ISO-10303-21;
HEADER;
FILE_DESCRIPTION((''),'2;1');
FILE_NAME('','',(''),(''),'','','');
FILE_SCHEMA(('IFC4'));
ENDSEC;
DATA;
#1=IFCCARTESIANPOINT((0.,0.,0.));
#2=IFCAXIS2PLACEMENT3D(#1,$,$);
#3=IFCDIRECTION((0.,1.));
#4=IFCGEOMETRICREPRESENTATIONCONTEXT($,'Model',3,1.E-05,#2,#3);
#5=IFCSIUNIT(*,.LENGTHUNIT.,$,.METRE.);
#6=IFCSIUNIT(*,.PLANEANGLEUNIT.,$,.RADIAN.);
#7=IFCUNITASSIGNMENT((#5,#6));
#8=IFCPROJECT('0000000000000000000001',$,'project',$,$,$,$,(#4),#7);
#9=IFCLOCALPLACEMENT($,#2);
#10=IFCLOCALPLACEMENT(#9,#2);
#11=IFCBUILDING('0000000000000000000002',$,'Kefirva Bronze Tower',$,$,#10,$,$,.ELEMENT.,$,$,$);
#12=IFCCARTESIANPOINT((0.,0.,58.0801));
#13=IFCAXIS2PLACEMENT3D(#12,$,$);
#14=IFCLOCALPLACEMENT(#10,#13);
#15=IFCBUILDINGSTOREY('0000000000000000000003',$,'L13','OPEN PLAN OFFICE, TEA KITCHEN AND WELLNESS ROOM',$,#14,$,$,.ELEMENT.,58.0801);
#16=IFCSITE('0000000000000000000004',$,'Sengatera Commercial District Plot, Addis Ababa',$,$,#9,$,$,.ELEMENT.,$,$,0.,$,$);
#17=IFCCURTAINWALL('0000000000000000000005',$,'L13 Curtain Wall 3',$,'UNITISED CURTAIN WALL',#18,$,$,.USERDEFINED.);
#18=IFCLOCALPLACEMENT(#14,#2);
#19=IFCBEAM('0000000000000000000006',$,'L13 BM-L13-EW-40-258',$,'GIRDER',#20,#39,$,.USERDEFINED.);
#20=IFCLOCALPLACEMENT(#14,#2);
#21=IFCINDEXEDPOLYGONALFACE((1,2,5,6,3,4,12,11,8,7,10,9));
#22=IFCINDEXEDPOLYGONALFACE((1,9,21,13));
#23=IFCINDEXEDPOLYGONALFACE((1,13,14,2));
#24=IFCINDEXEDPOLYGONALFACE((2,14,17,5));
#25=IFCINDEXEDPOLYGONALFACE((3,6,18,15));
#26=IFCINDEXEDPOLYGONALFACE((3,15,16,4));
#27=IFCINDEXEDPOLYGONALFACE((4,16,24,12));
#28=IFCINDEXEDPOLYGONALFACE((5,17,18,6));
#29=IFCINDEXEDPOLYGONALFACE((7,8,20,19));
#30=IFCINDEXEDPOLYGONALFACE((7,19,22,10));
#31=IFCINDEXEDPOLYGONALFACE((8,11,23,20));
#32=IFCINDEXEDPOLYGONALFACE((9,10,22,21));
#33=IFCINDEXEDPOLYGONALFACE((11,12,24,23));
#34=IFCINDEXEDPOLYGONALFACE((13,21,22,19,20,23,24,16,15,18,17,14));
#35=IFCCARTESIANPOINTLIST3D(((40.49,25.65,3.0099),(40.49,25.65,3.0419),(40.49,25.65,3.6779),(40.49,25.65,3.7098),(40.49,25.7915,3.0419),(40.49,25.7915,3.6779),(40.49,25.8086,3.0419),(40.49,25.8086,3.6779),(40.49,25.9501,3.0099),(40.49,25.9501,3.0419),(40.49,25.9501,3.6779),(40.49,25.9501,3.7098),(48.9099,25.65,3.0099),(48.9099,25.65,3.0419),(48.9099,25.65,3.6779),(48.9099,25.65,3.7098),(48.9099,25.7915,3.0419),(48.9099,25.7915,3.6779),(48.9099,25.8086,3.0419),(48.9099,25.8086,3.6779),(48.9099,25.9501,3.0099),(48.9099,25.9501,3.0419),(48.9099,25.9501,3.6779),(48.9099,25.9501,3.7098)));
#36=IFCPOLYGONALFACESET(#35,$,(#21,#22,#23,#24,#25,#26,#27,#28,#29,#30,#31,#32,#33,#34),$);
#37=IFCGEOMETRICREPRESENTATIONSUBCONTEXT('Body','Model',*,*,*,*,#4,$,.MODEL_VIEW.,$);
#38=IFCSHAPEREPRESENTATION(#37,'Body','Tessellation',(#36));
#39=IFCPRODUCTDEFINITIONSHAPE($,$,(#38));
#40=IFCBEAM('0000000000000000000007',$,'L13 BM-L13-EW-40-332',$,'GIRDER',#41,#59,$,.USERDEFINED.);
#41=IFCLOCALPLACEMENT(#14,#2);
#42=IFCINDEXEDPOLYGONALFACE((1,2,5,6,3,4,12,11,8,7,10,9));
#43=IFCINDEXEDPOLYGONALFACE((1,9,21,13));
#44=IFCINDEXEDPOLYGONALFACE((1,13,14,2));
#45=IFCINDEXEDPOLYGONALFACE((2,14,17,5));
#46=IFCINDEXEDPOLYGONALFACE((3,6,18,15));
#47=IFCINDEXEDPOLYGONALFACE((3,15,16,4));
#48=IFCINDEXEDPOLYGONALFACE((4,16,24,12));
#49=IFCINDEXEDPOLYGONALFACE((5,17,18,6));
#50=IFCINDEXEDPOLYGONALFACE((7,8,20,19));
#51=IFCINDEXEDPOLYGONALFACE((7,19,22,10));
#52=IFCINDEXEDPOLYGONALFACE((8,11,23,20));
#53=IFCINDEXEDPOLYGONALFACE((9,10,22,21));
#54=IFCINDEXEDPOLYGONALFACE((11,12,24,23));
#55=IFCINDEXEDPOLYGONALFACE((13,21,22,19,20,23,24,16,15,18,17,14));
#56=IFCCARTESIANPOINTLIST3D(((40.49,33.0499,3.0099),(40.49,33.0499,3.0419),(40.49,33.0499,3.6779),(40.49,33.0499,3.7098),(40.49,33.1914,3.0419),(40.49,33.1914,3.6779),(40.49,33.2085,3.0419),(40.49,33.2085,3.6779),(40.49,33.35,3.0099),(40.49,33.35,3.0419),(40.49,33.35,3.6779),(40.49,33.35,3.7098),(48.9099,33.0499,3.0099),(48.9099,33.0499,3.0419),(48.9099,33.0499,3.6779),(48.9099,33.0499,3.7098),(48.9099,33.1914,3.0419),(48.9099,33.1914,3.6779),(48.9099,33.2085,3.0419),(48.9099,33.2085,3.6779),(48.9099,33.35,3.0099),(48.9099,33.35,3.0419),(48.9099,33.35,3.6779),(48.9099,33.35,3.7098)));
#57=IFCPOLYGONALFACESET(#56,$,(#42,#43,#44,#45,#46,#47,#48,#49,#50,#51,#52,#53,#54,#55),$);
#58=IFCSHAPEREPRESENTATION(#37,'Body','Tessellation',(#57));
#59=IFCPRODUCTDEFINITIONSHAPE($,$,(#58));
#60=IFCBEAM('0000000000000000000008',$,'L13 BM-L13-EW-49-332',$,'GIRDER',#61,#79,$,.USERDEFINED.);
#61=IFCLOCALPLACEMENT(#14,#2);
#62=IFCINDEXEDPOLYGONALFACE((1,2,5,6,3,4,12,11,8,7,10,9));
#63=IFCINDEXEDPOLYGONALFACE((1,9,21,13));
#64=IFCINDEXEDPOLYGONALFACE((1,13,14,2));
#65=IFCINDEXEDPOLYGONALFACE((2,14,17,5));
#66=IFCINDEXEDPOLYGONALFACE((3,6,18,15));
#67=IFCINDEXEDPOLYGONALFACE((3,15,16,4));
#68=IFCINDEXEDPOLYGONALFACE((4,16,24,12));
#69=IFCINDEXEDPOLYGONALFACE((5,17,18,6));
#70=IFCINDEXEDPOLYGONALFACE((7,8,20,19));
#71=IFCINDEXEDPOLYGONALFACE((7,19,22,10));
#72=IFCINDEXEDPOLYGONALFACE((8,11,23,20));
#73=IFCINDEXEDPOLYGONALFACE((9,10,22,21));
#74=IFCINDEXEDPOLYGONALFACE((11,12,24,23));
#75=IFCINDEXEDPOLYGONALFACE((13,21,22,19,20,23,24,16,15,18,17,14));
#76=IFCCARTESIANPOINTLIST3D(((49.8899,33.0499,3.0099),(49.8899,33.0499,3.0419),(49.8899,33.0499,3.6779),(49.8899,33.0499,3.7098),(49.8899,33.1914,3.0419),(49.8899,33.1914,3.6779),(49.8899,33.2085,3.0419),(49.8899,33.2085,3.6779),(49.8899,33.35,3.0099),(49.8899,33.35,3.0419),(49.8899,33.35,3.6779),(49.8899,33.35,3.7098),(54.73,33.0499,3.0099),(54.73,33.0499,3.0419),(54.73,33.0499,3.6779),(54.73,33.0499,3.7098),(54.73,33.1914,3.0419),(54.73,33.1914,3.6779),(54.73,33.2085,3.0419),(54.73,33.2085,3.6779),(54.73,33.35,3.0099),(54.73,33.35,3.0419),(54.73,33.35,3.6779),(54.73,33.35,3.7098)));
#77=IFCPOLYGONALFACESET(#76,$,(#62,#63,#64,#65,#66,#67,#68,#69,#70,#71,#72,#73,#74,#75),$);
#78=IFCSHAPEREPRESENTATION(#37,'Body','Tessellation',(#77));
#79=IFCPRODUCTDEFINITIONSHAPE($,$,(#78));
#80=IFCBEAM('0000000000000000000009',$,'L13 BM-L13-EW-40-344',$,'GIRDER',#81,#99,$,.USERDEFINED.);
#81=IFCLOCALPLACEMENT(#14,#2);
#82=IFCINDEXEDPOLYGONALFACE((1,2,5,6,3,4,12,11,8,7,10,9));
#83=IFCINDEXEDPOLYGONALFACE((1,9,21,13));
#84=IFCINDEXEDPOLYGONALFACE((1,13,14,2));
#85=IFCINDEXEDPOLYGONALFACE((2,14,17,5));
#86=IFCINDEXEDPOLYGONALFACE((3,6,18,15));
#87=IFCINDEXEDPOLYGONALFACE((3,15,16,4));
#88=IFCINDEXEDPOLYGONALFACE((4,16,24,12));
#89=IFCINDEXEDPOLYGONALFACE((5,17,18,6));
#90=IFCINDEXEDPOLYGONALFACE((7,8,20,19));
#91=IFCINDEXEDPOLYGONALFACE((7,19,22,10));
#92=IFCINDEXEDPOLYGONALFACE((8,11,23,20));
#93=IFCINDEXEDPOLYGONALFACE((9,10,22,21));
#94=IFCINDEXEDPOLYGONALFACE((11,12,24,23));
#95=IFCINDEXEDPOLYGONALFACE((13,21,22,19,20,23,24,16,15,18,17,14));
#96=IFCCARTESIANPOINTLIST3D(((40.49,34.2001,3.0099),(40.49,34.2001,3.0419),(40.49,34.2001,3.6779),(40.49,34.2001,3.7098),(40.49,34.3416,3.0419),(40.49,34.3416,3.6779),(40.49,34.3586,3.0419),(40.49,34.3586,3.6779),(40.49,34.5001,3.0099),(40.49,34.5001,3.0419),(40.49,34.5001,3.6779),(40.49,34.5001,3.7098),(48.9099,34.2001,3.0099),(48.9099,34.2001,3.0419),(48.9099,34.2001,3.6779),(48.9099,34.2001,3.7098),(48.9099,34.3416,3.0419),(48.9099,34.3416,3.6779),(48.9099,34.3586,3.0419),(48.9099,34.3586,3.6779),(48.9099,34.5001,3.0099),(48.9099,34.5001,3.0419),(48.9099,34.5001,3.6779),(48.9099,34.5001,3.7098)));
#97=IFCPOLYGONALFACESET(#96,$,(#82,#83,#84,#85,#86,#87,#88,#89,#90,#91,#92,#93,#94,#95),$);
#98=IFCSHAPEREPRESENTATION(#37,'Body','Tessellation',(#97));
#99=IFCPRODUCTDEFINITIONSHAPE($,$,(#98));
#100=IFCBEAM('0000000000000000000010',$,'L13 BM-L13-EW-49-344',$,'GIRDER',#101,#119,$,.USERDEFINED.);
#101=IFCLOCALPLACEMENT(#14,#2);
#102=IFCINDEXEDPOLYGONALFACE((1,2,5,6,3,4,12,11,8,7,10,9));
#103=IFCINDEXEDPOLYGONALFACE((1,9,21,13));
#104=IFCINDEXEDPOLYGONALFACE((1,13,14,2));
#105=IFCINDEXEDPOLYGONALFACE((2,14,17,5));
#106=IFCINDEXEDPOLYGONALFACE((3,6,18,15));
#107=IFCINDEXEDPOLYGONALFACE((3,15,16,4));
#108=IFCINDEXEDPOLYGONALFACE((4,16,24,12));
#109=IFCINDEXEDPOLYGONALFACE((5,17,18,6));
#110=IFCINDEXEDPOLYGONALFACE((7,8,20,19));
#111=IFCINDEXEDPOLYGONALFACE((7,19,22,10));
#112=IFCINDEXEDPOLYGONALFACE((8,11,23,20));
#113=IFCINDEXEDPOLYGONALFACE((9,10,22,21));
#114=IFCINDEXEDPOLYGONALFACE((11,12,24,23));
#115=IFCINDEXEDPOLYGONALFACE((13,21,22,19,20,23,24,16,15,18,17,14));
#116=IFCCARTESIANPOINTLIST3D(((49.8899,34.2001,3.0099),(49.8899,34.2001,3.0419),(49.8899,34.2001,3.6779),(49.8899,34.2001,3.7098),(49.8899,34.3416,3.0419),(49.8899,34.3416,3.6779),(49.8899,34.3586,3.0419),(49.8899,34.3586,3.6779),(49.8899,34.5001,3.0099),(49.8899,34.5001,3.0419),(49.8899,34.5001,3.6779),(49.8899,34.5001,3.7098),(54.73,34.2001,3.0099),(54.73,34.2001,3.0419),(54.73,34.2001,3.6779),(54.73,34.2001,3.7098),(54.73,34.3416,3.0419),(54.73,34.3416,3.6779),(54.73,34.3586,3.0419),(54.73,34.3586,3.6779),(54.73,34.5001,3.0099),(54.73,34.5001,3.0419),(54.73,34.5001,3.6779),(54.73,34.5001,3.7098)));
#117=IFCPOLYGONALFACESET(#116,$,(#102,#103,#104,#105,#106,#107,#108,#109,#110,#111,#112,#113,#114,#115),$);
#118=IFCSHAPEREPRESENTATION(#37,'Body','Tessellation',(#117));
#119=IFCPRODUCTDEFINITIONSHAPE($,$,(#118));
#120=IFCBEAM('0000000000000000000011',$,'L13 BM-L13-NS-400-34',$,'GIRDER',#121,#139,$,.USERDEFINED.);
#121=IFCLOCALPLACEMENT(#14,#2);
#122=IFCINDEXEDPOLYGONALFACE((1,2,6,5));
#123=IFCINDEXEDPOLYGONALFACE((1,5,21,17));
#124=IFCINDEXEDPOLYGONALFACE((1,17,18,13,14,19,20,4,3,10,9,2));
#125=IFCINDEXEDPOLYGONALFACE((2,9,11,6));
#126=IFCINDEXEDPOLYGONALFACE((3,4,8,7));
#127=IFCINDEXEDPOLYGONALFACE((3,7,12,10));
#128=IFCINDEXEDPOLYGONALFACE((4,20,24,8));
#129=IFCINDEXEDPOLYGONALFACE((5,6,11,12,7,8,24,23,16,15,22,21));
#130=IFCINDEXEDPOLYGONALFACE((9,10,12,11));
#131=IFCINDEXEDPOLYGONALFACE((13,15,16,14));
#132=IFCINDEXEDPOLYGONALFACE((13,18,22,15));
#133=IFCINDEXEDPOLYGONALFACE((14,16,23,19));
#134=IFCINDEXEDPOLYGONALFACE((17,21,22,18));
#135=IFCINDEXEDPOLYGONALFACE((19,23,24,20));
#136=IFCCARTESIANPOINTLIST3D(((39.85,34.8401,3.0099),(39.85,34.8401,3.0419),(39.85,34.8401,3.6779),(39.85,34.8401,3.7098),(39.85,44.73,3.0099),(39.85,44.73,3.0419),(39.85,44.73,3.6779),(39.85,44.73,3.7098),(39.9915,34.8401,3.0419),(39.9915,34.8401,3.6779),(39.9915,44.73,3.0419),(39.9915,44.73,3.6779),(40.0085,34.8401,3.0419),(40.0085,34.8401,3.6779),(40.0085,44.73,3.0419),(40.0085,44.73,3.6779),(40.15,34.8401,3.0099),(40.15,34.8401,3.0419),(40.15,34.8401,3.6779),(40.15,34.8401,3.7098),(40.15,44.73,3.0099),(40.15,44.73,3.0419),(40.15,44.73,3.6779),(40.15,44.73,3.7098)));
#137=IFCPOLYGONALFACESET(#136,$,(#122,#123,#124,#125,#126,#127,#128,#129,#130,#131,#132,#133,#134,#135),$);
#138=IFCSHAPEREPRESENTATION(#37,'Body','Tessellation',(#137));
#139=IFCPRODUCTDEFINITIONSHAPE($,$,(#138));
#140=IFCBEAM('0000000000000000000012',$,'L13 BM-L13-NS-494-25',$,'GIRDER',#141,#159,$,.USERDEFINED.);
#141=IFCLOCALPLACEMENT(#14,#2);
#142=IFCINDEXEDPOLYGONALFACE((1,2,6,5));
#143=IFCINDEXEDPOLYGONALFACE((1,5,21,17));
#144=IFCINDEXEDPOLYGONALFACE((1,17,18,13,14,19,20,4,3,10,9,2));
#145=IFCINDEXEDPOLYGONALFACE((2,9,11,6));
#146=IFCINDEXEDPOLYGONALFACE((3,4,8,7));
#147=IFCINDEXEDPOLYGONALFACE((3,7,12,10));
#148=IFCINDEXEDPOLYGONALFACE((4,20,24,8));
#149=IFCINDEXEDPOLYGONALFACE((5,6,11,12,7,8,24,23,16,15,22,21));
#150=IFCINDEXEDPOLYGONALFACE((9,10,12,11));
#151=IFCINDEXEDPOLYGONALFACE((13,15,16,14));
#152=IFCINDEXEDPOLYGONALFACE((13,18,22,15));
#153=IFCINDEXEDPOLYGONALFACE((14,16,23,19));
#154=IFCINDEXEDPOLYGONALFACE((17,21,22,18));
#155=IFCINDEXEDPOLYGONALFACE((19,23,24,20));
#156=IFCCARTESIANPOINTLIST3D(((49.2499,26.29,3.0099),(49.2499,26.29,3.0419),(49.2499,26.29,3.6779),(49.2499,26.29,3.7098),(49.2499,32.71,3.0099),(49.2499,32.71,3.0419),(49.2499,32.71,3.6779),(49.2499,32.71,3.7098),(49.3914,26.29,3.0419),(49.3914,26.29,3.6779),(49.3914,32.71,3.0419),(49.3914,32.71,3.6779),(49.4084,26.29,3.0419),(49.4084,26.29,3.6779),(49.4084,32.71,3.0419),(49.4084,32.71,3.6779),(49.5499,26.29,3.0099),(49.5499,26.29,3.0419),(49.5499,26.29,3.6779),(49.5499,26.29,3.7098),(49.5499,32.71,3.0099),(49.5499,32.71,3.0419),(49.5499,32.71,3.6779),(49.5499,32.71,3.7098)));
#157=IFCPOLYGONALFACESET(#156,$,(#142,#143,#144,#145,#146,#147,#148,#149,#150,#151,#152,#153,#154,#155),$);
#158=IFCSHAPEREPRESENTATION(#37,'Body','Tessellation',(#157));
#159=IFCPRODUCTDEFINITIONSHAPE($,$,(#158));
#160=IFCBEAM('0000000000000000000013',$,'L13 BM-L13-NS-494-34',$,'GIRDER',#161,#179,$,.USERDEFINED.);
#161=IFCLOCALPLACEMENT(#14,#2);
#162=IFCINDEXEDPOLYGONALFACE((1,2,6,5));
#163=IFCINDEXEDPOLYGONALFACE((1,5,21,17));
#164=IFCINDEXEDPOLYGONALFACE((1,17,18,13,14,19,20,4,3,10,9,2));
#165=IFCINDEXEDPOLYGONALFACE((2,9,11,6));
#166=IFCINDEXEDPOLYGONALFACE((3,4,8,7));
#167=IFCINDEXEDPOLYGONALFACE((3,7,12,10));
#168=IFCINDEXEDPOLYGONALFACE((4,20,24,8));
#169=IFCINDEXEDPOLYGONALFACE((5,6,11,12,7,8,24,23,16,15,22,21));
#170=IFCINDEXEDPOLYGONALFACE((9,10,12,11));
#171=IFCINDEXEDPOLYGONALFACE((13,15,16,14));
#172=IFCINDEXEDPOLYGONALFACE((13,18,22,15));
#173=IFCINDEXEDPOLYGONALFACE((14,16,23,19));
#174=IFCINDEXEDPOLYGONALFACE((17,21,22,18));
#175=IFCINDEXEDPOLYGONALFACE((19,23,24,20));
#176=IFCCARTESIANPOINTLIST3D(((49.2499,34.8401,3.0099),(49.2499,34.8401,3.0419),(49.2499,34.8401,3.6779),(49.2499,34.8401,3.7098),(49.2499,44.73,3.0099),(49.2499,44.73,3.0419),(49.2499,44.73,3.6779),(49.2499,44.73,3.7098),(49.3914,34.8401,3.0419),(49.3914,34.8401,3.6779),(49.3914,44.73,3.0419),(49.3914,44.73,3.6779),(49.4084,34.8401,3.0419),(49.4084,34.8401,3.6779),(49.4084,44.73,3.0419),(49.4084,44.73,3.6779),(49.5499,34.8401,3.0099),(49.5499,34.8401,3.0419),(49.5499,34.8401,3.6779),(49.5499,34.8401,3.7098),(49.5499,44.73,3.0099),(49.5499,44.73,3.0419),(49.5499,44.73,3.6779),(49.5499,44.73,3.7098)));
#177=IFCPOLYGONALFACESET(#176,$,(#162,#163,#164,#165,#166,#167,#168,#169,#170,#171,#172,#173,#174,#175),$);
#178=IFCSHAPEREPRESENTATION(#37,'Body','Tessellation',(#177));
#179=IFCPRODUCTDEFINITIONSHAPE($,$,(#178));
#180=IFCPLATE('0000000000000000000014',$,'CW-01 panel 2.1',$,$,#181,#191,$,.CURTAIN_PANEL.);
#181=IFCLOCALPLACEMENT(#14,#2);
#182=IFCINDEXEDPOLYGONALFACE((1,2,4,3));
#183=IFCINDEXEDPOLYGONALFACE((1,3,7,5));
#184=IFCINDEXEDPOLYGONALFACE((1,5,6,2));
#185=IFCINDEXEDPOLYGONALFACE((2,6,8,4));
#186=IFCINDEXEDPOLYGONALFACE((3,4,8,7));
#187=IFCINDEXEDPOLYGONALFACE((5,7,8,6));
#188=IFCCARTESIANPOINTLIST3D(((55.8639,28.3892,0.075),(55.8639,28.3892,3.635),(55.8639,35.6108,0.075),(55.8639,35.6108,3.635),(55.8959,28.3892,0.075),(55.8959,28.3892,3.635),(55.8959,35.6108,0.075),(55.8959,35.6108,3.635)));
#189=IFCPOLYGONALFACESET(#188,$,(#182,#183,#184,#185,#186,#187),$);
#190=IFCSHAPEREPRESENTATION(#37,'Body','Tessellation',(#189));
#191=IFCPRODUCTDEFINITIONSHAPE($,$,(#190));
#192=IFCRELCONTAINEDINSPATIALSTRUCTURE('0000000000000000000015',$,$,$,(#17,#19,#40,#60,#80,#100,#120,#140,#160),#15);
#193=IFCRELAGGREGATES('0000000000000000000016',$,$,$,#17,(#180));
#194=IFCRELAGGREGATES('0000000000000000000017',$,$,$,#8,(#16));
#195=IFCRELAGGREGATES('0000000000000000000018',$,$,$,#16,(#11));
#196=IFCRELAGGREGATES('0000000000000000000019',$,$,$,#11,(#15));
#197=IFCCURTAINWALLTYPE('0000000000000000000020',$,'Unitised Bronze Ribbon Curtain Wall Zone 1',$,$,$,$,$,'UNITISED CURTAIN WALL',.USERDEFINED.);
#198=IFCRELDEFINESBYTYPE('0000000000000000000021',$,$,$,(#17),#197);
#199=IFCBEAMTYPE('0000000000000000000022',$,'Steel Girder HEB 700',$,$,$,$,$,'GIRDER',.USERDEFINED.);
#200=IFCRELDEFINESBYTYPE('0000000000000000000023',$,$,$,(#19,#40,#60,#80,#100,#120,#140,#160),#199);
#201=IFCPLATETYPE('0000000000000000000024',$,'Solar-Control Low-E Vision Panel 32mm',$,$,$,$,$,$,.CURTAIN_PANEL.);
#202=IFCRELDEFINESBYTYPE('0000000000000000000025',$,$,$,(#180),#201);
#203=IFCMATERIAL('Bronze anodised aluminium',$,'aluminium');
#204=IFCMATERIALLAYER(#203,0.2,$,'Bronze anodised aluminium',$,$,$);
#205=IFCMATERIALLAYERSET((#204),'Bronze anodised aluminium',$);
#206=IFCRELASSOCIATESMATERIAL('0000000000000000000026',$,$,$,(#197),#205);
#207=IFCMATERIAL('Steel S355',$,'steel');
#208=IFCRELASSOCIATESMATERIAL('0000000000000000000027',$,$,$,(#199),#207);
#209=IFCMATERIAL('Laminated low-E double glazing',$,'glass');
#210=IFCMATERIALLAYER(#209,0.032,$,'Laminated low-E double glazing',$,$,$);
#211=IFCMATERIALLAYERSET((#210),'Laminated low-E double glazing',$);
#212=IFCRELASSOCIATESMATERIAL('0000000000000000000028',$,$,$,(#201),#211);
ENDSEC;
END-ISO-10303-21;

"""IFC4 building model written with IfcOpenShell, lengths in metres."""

from ifc_helpers import new_model, si_unit, direction, frame, origin, origin_2d, place, context, subcontext, project, spatial, rectangle, i_section, extrude, material, layer, layer_set, material_profile, profile_set, type_object, element, aggregate, save


model = new_model("IFC4")

# Units and contexts
model_context = context("Model", 3, precision=1e-05, world=origin(), true_north=direction((0.0, 1.0)))
body_context = subcontext(model_context, "Body", "Model", "MODEL_VIEW")
ifc_project = project(units=[si_unit("LENGTHUNIT", "METRE"), si_unit("PLANEANGLEUNIT", "RADIAN")], contexts=[model_context])

# Site, building, storey
site_placement = place(None, origin())
site = spatial("IfcSite", under=ifc_project, at=site_placement, Name="Sengatera Commercial District Plot, Addis Ababa", CompositionType="ELEMENT", RefElevation=0.0)
building_placement = place(site_placement, origin())
building = spatial("IfcBuilding", under=site, at=building_placement, Name="Kefirva Bronze Tower", CompositionType="ELEMENT")
storey_placement = place(building_placement, frame((0.0, 0.0, 58.0801)))
storey = spatial("IfcBuildingStorey", under=building, at=storey_placement, Name="L13", Description="OPEN PLAN OFFICE, TEA KITCHEN AND WELLNESS ROOM", CompositionType="ELEMENT", Elevation=58.0801)

# Curtain wall
ifc_material_1 = material(Name="Bronze anodised aluminium", Category="aluminium")
ifc_layer_1 = layer(ifc_material_1, 0.2, Name="Bronze anodised aluminium")
ifc_layer_set_1 = layer_set([ifc_layer_1], Name="Bronze anodised aluminium")
curtain_wall_type = type_object("IfcCurtainWallType", Name="Unitised Bronze Ribbon Curtain Wall Zone 1", ElementType="UNITISED CURTAIN WALL", PredefinedType="USERDEFINED", material=ifc_layer_set_1)
curtain_wall_placement = place(storey_placement, origin())
curtain_wall = element("IfcCurtainWall", 1, at=curtain_wall_placement, inside=storey, type_object=curtain_wall_type, Name="L13 Curtain Wall 3", ObjectType="UNITISED CURTAIN WALL", PredefinedType="USERDEFINED")

# Beams
ifc_material_2 = material(Name="Steel S355", Category="steel")
ifc_material_profile_1 = material_profile(ifc_material_2, i_section(OverallWidth=0.3, OverallDepth=0.7, WebThickness=0.0171, FlangeThickness=0.032, at=origin_2d()), Name="HEB 700")
ifc_profile_set_1 = profile_set([ifc_material_profile_1], Name="Steel S355")
beam_type_1 = type_object("IfcBeamType", Name="Steel Girder HEB 700", ElementType="GIRDER", PredefinedType="USERDEFINED", material=ifc_profile_set_1)
for number, where, z_axis, x_axis, name in (
    (2, (40.49, 25.8, 3.3599), (1.0, 0.0, 0.0), (0.0, 1.0, 0.0), "L13 BM-L13-EW-40-258"),
    (3, (40.49, 33.2, 3.3599), (1.0, 0.0, 0.0), (0.0, 1.0, 0.0), "L13 BM-L13-EW-40-332"),
):
    element("IfcBeam", number, at=place(storey_placement, frame(where, z_axis=z_axis, x_axis=x_axis)), inside=storey, type_object=beam_type_1, Name=name, ObjectType="GIRDER", PredefinedType="USERDEFINED", context=body_context, shape_type="SweptSolid", body=[
        extrude(i_section(OverallWidth=0.3, OverallDepth=0.7, WebThickness=0.0171, FlangeThickness=0.032, at=origin_2d()), origin(), (0.0, 0.0, 1.0), 8.4199),
    ])
beam_1_placement = place(storey_placement, frame((49.8899, 33.2, 3.3599), z_axis=(1.0, 0.0, 0.0), x_axis=(0.0, 1.0, 0.0)))
element("IfcBeam", 4, at=beam_1_placement, inside=storey, type_object=beam_type_1, Name="L13 BM-L13-EW-49-332", ObjectType="GIRDER", PredefinedType="USERDEFINED", context=body_context, shape_type="SweptSolid", body=[
    extrude(i_section(OverallWidth=0.3, OverallDepth=0.7, WebThickness=0.0171, FlangeThickness=0.032, at=origin_2d()), origin(), (0.0, 0.0, 1.0), 4.8401),
])
beam_2_placement = place(storey_placement, frame((40.49, 34.3501, 3.3599), z_axis=(1.0, 0.0, 0.0), x_axis=(0.0, 1.0, 0.0)))
element("IfcBeam", 5, at=beam_2_placement, inside=storey, type_object=beam_type_1, Name="L13 BM-L13-EW-40-344", ObjectType="GIRDER", PredefinedType="USERDEFINED", context=body_context, shape_type="SweptSolid", body=[
    extrude(i_section(OverallWidth=0.3, OverallDepth=0.7, WebThickness=0.0171, FlangeThickness=0.032, at=origin_2d()), origin(), (0.0, 0.0, 1.0), 8.4199),
])
beam_3_placement = place(storey_placement, frame((49.8899, 34.3501, 3.3599), z_axis=(1.0, 0.0, 0.0), x_axis=(0.0, 1.0, 0.0)))
element("IfcBeam", 6, at=beam_3_placement, inside=storey, type_object=beam_type_1, Name="L13 BM-L13-EW-49-344", ObjectType="GIRDER", PredefinedType="USERDEFINED", context=body_context, shape_type="SweptSolid", body=[
    extrude(i_section(OverallWidth=0.3, OverallDepth=0.7, WebThickness=0.0171, FlangeThickness=0.032, at=origin_2d()), origin(), (0.0, 0.0, 1.0), 4.8401),
])
beam_4_placement = place(storey_placement, frame((40.0, 34.8401, 3.3599), z_axis=(0.0, 1.0, 0.0), x_axis=(-1.0, 0.0, 0.0)))
element("IfcBeam", 7, at=beam_4_placement, inside=storey, type_object=beam_type_1, Name="L13 BM-L13-NS-400-34", ObjectType="GIRDER", PredefinedType="USERDEFINED", context=body_context, shape_type="SweptSolid", body=[
    extrude(i_section(OverallWidth=0.3, OverallDepth=0.7, WebThickness=0.0171, FlangeThickness=0.032, at=origin_2d()), origin(), (0.0, 0.0, 1.0), 9.8899),
])
beam_5_placement = place(storey_placement, frame((49.3999, 26.29, 3.3599), z_axis=(0.0, 1.0, 0.0), x_axis=(-1.0, 0.0, 0.0)))
element("IfcBeam", 8, at=beam_5_placement, inside=storey, type_object=beam_type_1, Name="L13 BM-L13-NS-494-25", ObjectType="GIRDER", PredefinedType="USERDEFINED", context=body_context, shape_type="SweptSolid", body=[
    extrude(i_section(OverallWidth=0.3, OverallDepth=0.7, WebThickness=0.0171, FlangeThickness=0.032, at=origin_2d()), origin(), (0.0, 0.0, 1.0), 6.4199),
])
beam_6_placement = place(storey_placement, frame((49.3999, 34.8401, 3.3599), z_axis=(0.0, 1.0, 0.0), x_axis=(-1.0, 0.0, 0.0)))
element("IfcBeam", 9, at=beam_6_placement, inside=storey, type_object=beam_type_1, Name="L13 BM-L13-NS-494-34", ObjectType="GIRDER", PredefinedType="USERDEFINED", context=body_context, shape_type="SweptSolid", body=[
    extrude(i_section(OverallWidth=0.3, OverallDepth=0.7, WebThickness=0.0171, FlangeThickness=0.032, at=origin_2d()), origin(), (0.0, 0.0, 1.0), 9.8899),
])

# Plate
ifc_material_3 = material(Name="Laminated low-E double glazing", Category="glass")
ifc_layer_2 = layer(ifc_material_3, 0.032, Name="Laminated low-E double glazing")
ifc_layer_set_2 = layer_set([ifc_layer_2], Name="Laminated low-E double glazing")
plate_type = type_object("IfcPlateType", Name="Solar-Control Low-E Vision Panel 32mm", PredefinedType="CURTAIN_PANEL", material=ifc_layer_set_2)
plate_placement = place(storey_placement, frame((55.8799, 32.0, 0.075), z_axis=(0.0, 0.0, 1.0), x_axis=(0.0, 1.0, 0.0)))
plate = element("IfcPlate", 10, at=plate_placement, type_object=plate_type, Name="CW-01 panel 2.1", PredefinedType="CURTAIN_PANEL", context=body_context, shape_type="SweptSolid", body=[
    extrude(rectangle(XDim=7.2217, YDim=0.032, at=origin_2d()), origin(), (0.0, 0.0, 1.0), 3.5601),
])
aggregate(curtain_wall, [plate])

save(model, "model.ifc")
